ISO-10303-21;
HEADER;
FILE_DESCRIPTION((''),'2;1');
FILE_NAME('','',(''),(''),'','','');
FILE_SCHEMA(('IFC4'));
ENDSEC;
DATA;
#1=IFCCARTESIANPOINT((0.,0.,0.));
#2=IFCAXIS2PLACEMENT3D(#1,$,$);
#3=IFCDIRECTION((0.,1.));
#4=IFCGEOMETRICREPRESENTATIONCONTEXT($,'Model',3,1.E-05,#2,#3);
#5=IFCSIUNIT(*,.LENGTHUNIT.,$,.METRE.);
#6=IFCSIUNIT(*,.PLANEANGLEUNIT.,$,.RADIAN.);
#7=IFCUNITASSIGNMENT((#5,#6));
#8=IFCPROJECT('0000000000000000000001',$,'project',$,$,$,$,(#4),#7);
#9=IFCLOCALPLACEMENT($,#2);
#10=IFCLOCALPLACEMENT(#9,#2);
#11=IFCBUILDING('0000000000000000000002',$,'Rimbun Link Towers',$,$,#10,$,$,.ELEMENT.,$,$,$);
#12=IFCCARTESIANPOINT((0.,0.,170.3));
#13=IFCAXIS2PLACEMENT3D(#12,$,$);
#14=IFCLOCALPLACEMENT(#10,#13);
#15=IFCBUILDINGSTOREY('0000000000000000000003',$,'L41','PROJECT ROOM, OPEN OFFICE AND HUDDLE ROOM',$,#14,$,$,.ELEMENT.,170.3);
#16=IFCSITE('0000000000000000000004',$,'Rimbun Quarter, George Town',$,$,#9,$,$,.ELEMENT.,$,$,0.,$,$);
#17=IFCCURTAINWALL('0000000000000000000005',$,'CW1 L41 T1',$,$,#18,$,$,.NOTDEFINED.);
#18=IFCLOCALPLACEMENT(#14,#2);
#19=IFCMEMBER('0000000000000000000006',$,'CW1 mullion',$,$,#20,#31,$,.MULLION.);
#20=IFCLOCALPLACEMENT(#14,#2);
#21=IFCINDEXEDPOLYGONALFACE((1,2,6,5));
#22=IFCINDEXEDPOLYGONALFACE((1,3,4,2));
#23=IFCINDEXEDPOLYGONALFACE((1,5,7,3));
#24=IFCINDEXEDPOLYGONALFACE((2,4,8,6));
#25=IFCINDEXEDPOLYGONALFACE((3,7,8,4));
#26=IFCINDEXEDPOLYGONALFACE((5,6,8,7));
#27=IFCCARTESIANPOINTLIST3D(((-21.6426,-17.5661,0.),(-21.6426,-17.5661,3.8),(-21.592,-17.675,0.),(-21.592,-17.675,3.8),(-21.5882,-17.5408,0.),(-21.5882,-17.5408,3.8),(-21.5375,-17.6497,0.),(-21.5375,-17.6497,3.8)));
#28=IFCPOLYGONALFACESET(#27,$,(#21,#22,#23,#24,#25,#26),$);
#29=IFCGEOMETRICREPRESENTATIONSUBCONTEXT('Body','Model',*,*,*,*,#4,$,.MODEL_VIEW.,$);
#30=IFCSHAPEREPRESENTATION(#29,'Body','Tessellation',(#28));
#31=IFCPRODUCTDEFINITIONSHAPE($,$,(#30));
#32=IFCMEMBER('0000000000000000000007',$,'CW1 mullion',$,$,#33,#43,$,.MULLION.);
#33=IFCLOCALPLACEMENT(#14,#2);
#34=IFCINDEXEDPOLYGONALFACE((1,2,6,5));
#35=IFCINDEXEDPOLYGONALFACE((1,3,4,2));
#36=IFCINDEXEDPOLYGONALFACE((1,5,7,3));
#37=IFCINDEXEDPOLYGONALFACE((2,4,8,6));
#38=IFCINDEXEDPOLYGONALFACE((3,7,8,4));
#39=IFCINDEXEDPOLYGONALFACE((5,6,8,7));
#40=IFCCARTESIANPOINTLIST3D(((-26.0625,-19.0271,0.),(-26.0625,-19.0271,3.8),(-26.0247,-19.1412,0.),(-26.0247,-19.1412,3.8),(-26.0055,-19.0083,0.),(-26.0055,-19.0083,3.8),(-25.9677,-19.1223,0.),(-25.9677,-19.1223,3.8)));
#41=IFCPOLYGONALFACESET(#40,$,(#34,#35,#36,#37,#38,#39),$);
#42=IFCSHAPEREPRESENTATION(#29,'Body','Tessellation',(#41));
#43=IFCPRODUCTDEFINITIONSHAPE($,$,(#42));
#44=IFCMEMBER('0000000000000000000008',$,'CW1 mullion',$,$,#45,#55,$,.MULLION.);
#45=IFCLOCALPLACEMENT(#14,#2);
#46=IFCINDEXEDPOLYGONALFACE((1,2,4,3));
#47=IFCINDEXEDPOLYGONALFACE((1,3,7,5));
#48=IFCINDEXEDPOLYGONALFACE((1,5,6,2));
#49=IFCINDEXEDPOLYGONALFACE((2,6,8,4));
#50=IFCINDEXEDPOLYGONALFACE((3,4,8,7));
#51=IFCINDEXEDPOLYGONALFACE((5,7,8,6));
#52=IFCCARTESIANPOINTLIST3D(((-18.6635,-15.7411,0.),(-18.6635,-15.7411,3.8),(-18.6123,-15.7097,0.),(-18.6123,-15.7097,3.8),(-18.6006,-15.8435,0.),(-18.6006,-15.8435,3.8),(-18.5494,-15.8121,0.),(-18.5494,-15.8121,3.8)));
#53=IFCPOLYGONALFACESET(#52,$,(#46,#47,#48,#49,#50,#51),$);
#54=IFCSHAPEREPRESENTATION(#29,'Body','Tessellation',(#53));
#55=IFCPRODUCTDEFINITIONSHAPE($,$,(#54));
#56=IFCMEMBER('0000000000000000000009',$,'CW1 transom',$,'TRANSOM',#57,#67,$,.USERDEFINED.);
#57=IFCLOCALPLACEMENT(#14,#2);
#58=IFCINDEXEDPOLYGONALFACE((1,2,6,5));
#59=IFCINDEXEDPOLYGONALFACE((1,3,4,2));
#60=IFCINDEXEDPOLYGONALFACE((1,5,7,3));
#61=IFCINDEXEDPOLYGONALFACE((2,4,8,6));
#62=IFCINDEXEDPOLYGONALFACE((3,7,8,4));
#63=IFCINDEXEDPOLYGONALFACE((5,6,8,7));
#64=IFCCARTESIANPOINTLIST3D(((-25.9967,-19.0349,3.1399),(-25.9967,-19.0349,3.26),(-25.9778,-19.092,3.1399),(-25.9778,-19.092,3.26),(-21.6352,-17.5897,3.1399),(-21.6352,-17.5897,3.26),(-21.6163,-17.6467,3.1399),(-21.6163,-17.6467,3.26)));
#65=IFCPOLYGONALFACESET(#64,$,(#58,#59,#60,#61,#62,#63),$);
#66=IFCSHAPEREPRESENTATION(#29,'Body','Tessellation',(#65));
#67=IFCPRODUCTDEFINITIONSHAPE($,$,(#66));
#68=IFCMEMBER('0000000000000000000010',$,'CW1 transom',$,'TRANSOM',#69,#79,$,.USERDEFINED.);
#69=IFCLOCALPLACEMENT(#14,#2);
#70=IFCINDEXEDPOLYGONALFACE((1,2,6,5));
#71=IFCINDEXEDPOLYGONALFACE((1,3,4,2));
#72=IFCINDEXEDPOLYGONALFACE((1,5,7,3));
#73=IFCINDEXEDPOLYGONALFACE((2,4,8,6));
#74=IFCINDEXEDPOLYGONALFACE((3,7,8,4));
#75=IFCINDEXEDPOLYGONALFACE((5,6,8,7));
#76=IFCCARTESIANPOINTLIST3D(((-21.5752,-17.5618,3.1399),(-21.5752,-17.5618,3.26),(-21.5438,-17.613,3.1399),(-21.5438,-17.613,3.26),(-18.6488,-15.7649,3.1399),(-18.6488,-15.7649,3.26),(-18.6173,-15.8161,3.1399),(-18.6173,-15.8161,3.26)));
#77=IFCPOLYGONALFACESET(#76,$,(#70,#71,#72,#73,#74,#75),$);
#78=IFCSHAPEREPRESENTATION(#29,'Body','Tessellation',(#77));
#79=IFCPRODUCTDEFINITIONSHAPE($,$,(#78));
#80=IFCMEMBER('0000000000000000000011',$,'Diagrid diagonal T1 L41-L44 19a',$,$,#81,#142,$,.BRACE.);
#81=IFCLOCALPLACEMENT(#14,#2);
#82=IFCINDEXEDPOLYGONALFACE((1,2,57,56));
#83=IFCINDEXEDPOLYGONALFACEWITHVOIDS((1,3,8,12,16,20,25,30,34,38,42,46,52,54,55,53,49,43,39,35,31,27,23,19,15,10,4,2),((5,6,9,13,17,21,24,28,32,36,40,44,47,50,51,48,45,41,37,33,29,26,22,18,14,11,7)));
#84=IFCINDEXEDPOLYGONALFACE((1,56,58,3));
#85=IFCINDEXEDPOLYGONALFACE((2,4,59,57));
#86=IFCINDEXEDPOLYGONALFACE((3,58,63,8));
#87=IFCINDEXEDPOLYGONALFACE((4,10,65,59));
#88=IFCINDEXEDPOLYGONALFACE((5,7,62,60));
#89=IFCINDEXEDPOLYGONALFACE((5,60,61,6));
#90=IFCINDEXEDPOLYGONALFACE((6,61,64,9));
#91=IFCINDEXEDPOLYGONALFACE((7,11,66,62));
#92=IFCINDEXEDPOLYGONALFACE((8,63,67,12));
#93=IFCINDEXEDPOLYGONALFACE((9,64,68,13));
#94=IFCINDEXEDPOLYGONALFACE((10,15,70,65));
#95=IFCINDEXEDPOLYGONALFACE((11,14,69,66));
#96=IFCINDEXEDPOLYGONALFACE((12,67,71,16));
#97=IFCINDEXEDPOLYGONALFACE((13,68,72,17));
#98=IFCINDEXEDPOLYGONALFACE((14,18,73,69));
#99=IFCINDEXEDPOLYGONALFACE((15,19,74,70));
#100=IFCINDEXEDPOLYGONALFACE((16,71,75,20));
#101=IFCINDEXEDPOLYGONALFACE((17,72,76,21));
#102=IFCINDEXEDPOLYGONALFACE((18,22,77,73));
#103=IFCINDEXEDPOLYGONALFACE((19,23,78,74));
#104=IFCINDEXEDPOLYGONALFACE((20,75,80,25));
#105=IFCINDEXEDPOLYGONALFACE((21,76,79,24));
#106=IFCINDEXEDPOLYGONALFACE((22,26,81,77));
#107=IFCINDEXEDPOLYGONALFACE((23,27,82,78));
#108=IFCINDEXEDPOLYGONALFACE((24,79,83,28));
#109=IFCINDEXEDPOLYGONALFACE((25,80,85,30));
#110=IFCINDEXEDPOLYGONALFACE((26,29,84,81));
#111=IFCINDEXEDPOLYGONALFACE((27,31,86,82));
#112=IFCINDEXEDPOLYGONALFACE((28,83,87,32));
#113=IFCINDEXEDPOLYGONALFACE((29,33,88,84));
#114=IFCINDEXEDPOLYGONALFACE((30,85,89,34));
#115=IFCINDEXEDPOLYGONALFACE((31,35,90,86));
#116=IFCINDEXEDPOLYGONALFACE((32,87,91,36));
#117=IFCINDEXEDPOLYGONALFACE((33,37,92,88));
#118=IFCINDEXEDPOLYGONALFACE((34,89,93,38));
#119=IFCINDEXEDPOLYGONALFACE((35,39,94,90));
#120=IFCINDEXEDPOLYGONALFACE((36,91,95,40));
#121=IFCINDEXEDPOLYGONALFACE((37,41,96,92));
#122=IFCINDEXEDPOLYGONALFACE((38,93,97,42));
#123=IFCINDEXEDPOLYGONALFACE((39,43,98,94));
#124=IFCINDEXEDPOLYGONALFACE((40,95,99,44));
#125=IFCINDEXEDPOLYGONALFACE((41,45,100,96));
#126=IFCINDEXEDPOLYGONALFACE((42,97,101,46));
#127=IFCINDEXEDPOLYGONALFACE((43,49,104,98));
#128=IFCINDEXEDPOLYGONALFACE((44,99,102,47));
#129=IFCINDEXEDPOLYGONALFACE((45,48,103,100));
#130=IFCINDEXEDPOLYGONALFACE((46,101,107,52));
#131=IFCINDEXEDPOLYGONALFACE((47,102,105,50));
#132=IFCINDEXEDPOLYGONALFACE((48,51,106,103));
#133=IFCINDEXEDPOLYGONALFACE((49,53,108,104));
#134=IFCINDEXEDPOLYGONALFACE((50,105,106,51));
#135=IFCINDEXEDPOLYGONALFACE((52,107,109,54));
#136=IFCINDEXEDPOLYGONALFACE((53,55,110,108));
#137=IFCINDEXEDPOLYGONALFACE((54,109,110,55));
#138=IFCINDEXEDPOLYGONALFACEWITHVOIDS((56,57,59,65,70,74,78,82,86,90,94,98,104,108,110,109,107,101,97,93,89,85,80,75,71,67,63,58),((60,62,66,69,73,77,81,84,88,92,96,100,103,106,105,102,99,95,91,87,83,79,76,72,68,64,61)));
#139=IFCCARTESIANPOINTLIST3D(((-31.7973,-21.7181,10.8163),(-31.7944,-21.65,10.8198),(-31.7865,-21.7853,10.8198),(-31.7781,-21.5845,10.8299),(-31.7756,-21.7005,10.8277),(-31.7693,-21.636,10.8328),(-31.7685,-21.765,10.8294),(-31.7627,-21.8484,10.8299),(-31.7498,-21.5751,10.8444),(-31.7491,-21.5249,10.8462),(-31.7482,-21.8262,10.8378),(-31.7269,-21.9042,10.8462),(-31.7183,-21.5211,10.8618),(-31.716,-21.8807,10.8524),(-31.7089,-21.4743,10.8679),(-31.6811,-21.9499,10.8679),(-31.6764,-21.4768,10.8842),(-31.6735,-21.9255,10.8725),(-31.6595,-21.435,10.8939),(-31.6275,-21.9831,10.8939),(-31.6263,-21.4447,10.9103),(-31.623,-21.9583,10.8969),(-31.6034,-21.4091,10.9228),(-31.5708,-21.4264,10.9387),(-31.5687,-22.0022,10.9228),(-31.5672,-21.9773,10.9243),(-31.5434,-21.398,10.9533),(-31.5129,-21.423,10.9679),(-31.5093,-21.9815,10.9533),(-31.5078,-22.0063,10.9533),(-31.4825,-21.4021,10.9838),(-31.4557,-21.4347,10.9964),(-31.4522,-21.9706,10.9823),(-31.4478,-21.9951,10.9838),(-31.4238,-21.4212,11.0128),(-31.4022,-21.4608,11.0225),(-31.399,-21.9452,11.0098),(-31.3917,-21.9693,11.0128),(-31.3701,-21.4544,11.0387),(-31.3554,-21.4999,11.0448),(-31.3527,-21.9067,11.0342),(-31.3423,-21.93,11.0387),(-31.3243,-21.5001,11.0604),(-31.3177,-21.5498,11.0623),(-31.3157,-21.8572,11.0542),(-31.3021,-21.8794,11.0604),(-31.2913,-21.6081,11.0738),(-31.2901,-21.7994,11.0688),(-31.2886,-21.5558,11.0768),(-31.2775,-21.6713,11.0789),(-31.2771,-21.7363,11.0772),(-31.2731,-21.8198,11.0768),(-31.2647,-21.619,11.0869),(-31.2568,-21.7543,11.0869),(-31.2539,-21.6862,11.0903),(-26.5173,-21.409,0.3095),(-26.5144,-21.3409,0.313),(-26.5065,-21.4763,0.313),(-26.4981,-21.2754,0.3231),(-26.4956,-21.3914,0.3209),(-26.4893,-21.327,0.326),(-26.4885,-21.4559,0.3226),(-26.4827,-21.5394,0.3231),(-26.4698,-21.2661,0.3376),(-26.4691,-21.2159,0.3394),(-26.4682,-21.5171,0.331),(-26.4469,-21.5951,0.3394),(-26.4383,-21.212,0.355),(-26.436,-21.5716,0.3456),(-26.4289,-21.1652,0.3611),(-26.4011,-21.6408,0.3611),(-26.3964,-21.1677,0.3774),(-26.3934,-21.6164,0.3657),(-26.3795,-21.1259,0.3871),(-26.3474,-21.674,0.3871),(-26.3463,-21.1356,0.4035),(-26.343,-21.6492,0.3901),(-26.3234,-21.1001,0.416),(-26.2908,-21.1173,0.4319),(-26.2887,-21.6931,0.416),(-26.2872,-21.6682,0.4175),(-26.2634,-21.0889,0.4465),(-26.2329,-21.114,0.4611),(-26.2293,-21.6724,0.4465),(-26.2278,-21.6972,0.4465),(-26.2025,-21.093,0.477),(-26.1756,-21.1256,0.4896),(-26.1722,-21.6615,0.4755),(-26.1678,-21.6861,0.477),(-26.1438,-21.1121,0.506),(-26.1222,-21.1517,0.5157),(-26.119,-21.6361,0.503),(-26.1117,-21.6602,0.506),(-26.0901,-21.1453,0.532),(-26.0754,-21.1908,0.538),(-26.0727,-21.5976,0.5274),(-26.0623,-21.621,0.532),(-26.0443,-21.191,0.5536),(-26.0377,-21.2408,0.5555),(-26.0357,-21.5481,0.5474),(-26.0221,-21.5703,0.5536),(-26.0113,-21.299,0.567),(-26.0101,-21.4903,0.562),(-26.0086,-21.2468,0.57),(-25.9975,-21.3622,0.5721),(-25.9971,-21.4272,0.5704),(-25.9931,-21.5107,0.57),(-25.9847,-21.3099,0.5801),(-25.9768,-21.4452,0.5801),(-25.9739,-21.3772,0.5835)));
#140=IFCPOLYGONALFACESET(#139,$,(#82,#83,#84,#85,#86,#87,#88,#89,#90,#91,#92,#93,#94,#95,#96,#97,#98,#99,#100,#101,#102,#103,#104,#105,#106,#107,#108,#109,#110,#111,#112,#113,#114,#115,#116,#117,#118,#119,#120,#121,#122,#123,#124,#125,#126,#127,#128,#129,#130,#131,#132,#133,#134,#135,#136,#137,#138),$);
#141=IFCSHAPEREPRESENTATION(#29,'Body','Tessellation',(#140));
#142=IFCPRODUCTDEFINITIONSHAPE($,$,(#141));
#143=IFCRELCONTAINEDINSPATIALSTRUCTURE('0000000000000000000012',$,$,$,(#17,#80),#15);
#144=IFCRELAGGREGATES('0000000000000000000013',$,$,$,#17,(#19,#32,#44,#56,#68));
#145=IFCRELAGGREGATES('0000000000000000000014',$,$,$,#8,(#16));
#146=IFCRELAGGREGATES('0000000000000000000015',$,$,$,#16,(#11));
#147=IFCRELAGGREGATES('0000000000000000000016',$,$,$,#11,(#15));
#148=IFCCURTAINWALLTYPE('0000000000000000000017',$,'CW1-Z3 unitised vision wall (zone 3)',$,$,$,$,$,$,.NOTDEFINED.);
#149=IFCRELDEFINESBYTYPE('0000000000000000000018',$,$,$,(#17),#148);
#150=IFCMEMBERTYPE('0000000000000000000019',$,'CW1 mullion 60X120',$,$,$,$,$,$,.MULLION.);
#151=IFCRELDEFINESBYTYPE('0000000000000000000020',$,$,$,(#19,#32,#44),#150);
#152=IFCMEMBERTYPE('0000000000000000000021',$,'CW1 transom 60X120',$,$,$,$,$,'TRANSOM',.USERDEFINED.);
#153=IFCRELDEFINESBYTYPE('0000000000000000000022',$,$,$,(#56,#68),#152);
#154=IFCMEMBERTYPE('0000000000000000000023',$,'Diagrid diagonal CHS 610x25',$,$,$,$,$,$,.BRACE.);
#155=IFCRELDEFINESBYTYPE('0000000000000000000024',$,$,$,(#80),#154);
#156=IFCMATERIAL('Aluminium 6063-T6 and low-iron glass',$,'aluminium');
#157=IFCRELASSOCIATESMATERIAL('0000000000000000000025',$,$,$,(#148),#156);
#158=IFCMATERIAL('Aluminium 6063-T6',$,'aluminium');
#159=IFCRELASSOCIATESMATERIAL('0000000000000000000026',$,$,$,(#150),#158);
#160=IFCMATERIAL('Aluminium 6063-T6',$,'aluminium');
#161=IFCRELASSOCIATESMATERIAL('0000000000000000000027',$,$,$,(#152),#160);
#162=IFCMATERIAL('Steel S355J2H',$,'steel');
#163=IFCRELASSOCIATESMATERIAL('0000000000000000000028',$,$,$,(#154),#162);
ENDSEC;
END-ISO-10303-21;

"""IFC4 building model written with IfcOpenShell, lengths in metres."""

from ifc_helpers import new_model, si_unit, direction, frame, origin, origin_2d, place, context, subcontext, project, spatial, rectangle, hollow_circle, extrude, material, material_profile, profile_set, type_object, element, aggregate, save


model = new_model("IFC4")

# Units and contexts
model_context = context("Model", 3, precision=1e-05, world=origin(), true_north=direction((0.0, 1.0)))
body_context = subcontext(model_context, "Body", "Model", "MODEL_VIEW")
ifc_project = project(units=[si_unit("LENGTHUNIT", "METRE"), si_unit("PLANEANGLEUNIT", "RADIAN")], contexts=[model_context])

# Site, building, storey
site_placement = place(None, origin())
site = spatial("IfcSite", under=ifc_project, at=site_placement, Name="Rimbun Quarter, George Town", CompositionType="ELEMENT", RefElevation=0.0)
building_placement = place(site_placement, origin())
building = spatial("IfcBuilding", under=site, at=building_placement, Name="Rimbun Link Towers", CompositionType="ELEMENT")
storey_placement = place(building_placement, frame((0.0, 0.0, 170.3)))
storey = spatial("IfcBuildingStorey", under=building, at=storey_placement, Name="L41", Description="PROJECT ROOM, OPEN OFFICE AND HUDDLE ROOM", CompositionType="ELEMENT", Elevation=170.3)

# Curtain wall, members
ifc_material_1 = material(Name="Aluminium 6063-T6 and low-iron glass", Category="aluminium")
curtain_wall_type = type_object("IfcCurtainWallType", Name="CW1-Z3 unitised vision wall (zone 3)", PredefinedType="NOTDEFINED", material=ifc_material_1)
curtain_wall_placement = place(storey_placement, origin())
curtain_wall = element("IfcCurtainWall", 1, at=curtain_wall_placement, inside=storey, type_object=curtain_wall_type, Name="CW1 L41 T1", PredefinedType="NOTDEFINED")
ifc_material_2 = material(Name="Aluminium 6063-T6", Category="aluminium")
ifc_material_profile_1 = material_profile(ifc_material_2, rectangle(XDim=0.1201, YDim=0.0601, at=origin_2d()), Name="MULLION 60X120")
ifc_profile_set_1 = profile_set([ifc_material_profile_1], Name="Aluminium 6063-T6")
member_type_1 = type_object("IfcMemberType", Name="CW1 mullion 60X120", PredefinedType="MULLION", material=ifc_profile_set_1)
member_1_placement = place(storey_placement, frame((-21.5901, -17.6079, 0.0), z_axis=(0.0, 0.0, 1.0), x_axis=(0.421697, -0.906737, 0.0)))
member_1 = element("IfcMember", 2, at=member_1_placement, type_object=member_type_1, Name="CW1 mullion", PredefinedType="MULLION", context=body_context, shape_type="SweptSolid", body=[
    extrude(rectangle(XDim=0.1201, YDim=0.0601, at=origin_2d()), origin(), (0.0, 0.0, 1.0), 3.8),
])
member_2_placement = place(storey_placement, frame((-26.0151, -19.0747, 0.0), z_axis=(0.0, 0.0, 1.0), x_axis=(0.31456, -0.949237, 0.0)))
member_2 = element("IfcMember", 3, at=member_2_placement, type_object=member_type_1, Name="CW1 mullion", PredefinedType="MULLION", context=body_context, shape_type="SweptSolid", body=[
    extrude(rectangle(XDim=0.1201, YDim=0.0601, at=origin_2d()), origin(), (0.0, 0.0, 1.0), 3.8),
])
member_3_placement = place(storey_placement, frame((-18.6064, -15.7766, 0.0), z_axis=(0.0, 0.0, 1.0), x_axis=(0.523231, -0.852191, 0.0)))
member_3 = element("IfcMember", 4, at=member_3_placement, type_object=member_type_1, Name="CW1 mullion", PredefinedType="MULLION", context=body_context, shape_type="SweptSolid", body=[
    extrude(rectangle(XDim=0.1201, YDim=0.0601, at=origin_2d()), origin(), (0.0, 0.0, 1.0), 3.8),
])
ifc_material_3 = material(Name="Aluminium 6063-T6", Category="aluminium")
ifc_material_profile_2 = material_profile(ifc_material_3, rectangle(XDim=0.0601, YDim=0.1201, at=origin_2d()), Name="TRANSOM 60X120")
ifc_profile_set_2 = profile_set([ifc_material_profile_2], Name="Aluminium 6063-T6")
member_type_2 = type_object("IfcMemberType", Name="CW1 transom 60X120", ElementType="TRANSOM", PredefinedType="USERDEFINED", material=ifc_profile_set_2)
member_4_placement = place(storey_placement, frame((-21.6257, -17.6182, 3.2), z_axis=(-0.94924, -0.314554, 0.0), x_axis=(0.314554, -0.94924, 0.0)))
member_4 = element("IfcMember", 5, at=member_4_placement, type_object=member_type_2, Name="CW1 transom", ObjectType="TRANSOM", PredefinedType="USERDEFINED", context=body_context, shape_type="SweptSolid", body=[
    extrude(rectangle(XDim=0.0601, YDim=0.1201, at=origin_2d()), origin(), (0.0, 0.0, 1.0), 4.5947),
])
member_5_placement = place(storey_placement, frame((-18.6331, -15.7905, 3.2), z_axis=(-0.852185, -0.52324, 0.0), x_axis=(0.52324, -0.852185, 0.0)))
member_5 = element("IfcMember", 6, at=member_5_placement, type_object=member_type_2, Name="CW1 transom", ObjectType="TRANSOM", PredefinedType="USERDEFINED", context=body_context, shape_type="SweptSolid", body=[
    extrude(rectangle(XDim=0.0601, YDim=0.1201, at=origin_2d()), origin(), (0.0, 0.0, 1.0), 3.4341),
])

# Member
ifc_material_4 = material(Name="Steel S355J2H", Category="steel")
ifc_material_profile_3 = material_profile(ifc_material_4, hollow_circle(Radius=0.3047, WallThickness=0.0249, at=origin_2d()), Name="Diagrid diagonal CHS 610x25")
ifc_profile_set_3 = profile_set([ifc_material_profile_3], Name="Steel S355J2H")
member_type_3 = type_object("IfcMemberType", Name="Diagrid diagonal CHS 610x25", PredefinedType="BRACE", material=ifc_profile_set_3)
member_6_placement = place(storey_placement, frame((-26.2456, -21.3931, 0.4465), z_axis=(-0.448868, -0.026276, 0.893212), x_axis=(0.058438, -0.998291, 0.0)))
element("IfcMember", 7, at=member_6_placement, inside=storey, type_object=member_type_3, Name="Diagrid diagonal T1 L41-L44 19a", PredefinedType="BRACE", context=body_context, shape_type="SweptSolid", body=[
    extrude(hollow_circle(Radius=0.3047, WallThickness=0.0249, at=origin_2d()), origin(), (0.0, 0.0, 1.0), 11.7629),
])

aggregate(curtain_wall, [member_1, member_2, member_3, member_4, member_5])

save(model, "model.ifc")
